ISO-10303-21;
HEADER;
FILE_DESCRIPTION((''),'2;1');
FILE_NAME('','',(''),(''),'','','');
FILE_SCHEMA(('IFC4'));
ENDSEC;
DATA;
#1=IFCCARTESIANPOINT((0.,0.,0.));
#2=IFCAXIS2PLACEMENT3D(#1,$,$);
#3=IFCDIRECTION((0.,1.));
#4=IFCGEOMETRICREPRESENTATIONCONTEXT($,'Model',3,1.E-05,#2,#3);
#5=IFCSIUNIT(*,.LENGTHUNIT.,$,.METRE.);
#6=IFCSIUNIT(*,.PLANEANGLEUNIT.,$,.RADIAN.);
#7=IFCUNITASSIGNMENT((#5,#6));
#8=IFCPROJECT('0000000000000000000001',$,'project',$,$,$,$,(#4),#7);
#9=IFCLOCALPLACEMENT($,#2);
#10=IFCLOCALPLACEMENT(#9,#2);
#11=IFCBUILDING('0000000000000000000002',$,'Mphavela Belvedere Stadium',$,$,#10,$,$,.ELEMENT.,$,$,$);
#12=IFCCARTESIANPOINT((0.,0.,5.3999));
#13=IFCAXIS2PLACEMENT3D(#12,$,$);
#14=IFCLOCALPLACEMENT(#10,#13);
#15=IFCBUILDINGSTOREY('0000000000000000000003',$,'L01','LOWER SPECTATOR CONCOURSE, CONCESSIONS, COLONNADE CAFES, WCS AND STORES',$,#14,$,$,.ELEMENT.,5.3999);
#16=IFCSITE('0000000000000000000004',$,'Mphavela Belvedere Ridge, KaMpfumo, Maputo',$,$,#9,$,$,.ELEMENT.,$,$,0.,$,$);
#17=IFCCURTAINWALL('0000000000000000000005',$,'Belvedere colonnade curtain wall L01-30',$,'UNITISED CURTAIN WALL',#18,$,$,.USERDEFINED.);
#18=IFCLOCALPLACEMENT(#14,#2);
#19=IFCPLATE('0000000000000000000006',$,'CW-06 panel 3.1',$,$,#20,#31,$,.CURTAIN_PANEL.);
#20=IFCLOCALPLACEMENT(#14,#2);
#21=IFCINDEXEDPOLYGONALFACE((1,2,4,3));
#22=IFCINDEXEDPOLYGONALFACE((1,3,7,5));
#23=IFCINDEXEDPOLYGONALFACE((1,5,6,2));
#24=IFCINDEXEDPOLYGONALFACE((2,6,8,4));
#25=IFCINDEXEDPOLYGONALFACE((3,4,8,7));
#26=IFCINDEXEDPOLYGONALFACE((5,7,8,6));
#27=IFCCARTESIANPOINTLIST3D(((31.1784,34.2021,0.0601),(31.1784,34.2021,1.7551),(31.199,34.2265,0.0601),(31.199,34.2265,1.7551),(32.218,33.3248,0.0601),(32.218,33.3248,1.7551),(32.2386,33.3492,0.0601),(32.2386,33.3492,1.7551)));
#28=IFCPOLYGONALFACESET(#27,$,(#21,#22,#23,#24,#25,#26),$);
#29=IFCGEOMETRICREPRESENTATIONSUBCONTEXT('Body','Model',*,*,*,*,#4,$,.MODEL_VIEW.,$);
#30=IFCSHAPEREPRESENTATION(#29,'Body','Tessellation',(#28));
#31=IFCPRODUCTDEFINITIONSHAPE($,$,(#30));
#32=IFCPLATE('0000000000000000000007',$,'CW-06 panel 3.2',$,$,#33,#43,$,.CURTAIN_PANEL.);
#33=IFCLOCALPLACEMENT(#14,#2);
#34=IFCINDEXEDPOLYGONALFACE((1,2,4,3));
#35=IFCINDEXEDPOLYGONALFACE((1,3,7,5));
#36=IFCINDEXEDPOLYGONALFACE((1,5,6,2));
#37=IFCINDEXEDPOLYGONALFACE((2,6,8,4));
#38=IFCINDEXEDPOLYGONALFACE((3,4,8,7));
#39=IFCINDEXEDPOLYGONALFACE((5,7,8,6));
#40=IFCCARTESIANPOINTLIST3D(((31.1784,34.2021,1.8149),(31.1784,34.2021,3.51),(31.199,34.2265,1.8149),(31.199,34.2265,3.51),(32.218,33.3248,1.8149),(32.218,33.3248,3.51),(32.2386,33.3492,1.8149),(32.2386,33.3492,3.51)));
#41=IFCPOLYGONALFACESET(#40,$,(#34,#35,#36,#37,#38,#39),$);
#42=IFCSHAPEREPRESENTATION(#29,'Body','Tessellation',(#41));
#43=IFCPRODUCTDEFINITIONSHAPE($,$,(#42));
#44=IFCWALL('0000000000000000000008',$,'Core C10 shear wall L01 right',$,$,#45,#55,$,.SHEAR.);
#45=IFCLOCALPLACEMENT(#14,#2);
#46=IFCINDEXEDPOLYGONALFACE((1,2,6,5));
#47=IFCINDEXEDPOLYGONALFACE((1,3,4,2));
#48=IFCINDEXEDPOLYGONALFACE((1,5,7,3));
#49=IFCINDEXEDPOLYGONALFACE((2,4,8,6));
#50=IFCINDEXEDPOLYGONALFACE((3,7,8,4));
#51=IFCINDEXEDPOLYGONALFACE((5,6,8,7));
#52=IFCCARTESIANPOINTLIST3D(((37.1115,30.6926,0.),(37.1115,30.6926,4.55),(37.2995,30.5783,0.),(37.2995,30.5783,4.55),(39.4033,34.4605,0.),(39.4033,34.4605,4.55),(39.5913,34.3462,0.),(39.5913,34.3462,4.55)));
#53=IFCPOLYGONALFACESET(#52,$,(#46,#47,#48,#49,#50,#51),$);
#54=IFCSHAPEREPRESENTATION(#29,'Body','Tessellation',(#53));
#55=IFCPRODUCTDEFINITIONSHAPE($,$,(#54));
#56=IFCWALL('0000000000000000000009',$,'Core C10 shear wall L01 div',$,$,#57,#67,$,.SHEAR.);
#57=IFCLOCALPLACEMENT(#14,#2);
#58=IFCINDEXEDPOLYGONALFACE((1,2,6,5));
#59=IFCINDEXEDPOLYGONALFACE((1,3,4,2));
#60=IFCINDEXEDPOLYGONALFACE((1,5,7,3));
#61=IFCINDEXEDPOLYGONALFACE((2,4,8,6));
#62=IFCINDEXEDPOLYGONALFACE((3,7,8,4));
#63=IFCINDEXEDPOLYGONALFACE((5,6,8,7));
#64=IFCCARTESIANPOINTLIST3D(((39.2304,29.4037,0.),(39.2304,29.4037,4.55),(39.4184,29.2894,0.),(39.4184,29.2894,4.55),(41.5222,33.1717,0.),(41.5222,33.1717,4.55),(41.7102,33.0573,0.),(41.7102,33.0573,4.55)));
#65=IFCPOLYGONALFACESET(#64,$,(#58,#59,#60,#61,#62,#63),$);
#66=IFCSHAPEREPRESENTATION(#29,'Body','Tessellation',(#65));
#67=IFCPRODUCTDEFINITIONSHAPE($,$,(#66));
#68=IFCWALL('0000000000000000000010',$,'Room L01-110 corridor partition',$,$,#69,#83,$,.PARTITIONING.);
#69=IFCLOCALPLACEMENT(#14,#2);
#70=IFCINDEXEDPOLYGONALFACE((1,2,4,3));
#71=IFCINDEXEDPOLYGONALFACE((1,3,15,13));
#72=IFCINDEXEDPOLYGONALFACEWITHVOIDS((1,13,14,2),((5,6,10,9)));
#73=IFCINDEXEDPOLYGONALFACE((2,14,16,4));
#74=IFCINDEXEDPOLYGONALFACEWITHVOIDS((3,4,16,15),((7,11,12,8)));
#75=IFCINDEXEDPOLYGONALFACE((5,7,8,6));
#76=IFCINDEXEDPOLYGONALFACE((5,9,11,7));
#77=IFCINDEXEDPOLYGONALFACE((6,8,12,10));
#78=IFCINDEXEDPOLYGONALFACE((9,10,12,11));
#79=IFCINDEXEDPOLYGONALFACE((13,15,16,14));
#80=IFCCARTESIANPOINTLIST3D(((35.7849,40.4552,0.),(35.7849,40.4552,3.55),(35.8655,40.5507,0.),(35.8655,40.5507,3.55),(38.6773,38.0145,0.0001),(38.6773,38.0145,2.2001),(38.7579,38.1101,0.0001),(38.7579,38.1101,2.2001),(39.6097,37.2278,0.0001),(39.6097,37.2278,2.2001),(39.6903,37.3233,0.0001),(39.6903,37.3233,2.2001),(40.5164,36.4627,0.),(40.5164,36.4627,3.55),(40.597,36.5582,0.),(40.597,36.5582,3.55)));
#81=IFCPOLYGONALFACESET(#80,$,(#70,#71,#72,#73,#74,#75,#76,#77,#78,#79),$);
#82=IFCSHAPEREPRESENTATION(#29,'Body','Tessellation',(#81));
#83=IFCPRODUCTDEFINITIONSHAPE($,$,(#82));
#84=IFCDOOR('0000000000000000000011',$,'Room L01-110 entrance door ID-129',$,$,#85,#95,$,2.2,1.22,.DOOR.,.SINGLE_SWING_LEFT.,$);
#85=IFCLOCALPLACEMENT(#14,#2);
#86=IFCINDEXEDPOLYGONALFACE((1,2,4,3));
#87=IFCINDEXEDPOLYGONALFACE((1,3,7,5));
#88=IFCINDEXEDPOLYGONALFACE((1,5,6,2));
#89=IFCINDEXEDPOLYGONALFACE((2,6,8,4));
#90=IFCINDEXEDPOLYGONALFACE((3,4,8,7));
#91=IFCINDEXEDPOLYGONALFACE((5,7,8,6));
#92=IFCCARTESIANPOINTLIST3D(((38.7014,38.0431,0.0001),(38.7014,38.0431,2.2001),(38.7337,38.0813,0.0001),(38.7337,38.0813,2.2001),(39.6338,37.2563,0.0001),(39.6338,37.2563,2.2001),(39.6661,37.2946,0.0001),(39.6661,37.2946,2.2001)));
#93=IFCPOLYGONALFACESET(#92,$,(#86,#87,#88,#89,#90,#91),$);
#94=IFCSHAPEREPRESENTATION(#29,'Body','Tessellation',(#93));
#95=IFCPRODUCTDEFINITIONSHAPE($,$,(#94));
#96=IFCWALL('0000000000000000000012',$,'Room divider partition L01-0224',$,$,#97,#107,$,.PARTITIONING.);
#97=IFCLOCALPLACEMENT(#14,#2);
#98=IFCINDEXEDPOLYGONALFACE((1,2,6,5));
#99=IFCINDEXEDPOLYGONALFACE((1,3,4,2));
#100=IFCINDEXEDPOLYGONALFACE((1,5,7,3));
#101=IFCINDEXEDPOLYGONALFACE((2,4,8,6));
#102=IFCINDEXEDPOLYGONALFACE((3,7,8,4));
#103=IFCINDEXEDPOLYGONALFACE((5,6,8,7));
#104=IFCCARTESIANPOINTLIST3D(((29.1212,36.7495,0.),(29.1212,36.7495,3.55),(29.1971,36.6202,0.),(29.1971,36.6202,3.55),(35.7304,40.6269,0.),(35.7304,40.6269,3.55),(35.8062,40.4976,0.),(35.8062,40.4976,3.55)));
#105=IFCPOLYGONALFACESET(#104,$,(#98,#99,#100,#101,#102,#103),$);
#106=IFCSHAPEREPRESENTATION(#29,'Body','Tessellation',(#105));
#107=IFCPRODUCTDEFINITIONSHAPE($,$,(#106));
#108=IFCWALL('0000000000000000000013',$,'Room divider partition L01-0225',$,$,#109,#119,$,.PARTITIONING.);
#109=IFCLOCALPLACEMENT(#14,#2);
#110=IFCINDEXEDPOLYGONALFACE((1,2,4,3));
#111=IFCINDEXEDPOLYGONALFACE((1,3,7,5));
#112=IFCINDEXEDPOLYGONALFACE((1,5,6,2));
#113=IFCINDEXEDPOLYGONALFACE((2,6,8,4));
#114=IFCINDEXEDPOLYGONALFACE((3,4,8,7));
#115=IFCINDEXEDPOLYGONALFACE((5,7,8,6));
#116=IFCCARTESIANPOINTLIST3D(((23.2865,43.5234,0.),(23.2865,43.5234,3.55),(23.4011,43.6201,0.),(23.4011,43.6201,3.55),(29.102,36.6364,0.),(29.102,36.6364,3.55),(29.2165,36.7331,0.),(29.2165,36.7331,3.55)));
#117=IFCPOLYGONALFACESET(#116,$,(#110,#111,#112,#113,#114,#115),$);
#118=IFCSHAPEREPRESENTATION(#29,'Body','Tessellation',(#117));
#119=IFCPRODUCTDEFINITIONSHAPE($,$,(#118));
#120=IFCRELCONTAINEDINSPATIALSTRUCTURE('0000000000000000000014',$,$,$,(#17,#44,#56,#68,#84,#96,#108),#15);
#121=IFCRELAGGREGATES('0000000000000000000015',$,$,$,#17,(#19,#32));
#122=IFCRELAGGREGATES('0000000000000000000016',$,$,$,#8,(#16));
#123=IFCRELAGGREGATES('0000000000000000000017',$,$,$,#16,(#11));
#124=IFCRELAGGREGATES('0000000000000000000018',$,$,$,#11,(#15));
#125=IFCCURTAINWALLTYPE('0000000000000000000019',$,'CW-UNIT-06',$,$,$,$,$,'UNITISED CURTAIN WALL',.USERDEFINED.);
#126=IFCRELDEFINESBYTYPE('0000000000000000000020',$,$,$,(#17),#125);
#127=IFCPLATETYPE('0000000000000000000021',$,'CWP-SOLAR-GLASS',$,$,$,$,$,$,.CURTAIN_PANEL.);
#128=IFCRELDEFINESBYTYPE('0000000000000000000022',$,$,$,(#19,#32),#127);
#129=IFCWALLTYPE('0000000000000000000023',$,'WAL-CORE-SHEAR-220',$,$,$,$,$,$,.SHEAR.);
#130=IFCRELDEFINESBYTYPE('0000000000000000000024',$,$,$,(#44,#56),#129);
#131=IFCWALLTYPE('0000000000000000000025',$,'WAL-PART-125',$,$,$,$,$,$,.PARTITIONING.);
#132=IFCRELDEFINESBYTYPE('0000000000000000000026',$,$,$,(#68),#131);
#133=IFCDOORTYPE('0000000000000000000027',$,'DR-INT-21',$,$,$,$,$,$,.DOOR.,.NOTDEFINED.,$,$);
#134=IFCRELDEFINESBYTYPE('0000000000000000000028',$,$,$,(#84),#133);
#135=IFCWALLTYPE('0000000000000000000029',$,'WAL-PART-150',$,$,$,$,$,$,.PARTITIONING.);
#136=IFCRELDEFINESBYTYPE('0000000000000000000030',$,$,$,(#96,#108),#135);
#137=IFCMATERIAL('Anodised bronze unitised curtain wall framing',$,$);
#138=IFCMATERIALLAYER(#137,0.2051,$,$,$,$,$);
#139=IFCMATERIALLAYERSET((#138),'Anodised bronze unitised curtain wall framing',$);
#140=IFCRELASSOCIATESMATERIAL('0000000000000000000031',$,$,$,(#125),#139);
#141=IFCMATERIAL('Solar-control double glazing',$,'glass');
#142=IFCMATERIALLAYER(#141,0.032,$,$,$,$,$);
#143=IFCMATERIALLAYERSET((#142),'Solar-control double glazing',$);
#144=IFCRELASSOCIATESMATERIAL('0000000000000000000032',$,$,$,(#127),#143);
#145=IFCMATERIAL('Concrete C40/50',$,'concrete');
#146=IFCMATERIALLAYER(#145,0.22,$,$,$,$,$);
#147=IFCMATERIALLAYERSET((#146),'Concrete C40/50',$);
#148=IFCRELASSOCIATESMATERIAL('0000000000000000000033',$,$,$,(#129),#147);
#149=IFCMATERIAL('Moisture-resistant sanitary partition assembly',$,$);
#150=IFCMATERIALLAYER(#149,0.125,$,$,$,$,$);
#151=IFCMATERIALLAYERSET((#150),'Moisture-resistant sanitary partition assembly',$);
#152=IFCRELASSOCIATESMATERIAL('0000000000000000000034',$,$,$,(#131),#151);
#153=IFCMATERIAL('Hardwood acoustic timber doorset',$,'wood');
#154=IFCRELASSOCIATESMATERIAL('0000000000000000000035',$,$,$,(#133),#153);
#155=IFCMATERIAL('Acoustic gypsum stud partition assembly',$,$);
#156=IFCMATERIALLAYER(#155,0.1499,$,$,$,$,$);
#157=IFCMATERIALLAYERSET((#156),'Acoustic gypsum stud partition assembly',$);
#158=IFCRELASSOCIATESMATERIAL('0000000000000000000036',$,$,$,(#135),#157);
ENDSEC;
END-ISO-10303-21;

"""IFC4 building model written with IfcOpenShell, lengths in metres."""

from ifc_helpers import new_model, si_unit, direction, frame, frame_2d, origin, origin_2d, place, context, subcontext, project, spatial, rectangle, extrude, material, layer, layer_set, type_object, element, fill, aggregate, save


model = new_model("IFC4")

# Units and contexts
model_context = context("Model", 3, precision=1e-05, world=origin(), true_north=direction((0.0, 1.0)))
body_context = subcontext(model_context, "Body", "Model", "MODEL_VIEW")
ifc_project = project(units=[si_unit("LENGTHUNIT", "METRE"), si_unit("PLANEANGLEUNIT", "RADIAN")], contexts=[model_context])

# Site, building, storey
site_placement = place(None, origin())
site = spatial("IfcSite", under=ifc_project, at=site_placement, Name="Mphavela Belvedere Ridge, KaMpfumo, Maputo", CompositionType="ELEMENT", RefElevation=0.0)
building_placement = place(site_placement, origin())
building = spatial("IfcBuilding", under=site, at=building_placement, Name="Mphavela Belvedere Stadium", CompositionType="ELEMENT")
storey_placement = place(building_placement, frame((0.0, 0.0, 5.3999)))
storey = spatial("IfcBuildingStorey", under=building, at=storey_placement, Name="L01", Description="LOWER SPECTATOR CONCOURSE, CONCESSIONS, COLONNADE CAFES, WCS AND STORES", CompositionType="ELEMENT", Elevation=5.3999)

# Curtain wall, plates
ifc_material_1 = material(Name="Anodised bronze unitised curtain wall framing")
ifc_layer_1 = layer(ifc_material_1, 0.2051)
ifc_layer_set_1 = layer_set([ifc_layer_1], Name="Anodised bronze unitised curtain wall framing")
curtain_wall_type = type_object("IfcCurtainWallType", Name="CW-UNIT-06", ElementType="UNITISED CURTAIN WALL", PredefinedType="USERDEFINED", material=ifc_layer_set_1)
curtain_wall_placement = place(storey_placement, origin())
curtain_wall = element("IfcCurtainWall", 1, at=curtain_wall_placement, inside=storey, type_object=curtain_wall_type, Name="Belvedere colonnade curtain wall L01-30", ObjectType="UNITISED CURTAIN WALL", PredefinedType="USERDEFINED")
ifc_material_2 = material(Name="Solar-control double glazing", Category="glass")
ifc_layer_2 = layer(ifc_material_2, 0.032)
ifc_layer_set_2 = layer_set([ifc_layer_2], Name="Solar-control double glazing")
plate_type = type_object("IfcPlateType", Name="CWP-SOLAR-GLASS", PredefinedType="CURTAIN_PANEL", material=ifc_layer_set_2)
plate_1_placement = place(storey_placement, frame((31.7085, 33.7756, 0.0601), z_axis=(0.0, 0.0, 1.0), x_axis=(0.764259, -0.64491, 0.0)))
plate_1 = element("IfcPlate", 2, at=plate_1_placement, type_object=plate_type, Name="CW-06 panel 3.1", PredefinedType="CURTAIN_PANEL", context=body_context, shape_type="SweptSolid", body=[
    extrude(rectangle(XDim=1.3604, YDim=0.032, at=origin_2d()), origin(), (0.0, 0.0, 1.0), 1.6951),
])
plate_2_placement = place(storey_placement, frame((31.7085, 33.7756, 1.8149), z_axis=(0.0, 0.0, 1.0), x_axis=(0.764259, -0.64491, 0.0)))
plate_2 = element("IfcPlate", 3, at=plate_2_placement, type_object=plate_type, Name="CW-06 panel 3.2", PredefinedType="CURTAIN_PANEL", context=body_context, shape_type="SweptSolid", body=[
    extrude(rectangle(XDim=1.3604, YDim=0.032, at=origin_2d()), origin(), (0.0, 0.0, 1.0), 1.6951),
])
aggregate(curtain_wall, [plate_1, plate_2])

# Walls
ifc_material_3 = material(Name="Concrete C40/50", Category="concrete")
ifc_layer_3 = layer(ifc_material_3, 0.22)
ifc_layer_set_3 = layer_set([ifc_layer_3], Name="Concrete C40/50")
wall_type_1 = type_object("IfcWallType", Name="WAL-CORE-SHEAR-220", PredefinedType="SHEAR", material=ifc_layer_set_3)
for number, where, z_axis, x_axis, name in (
    (4, (39.4973, 34.4033, 0.0), (0.0, 0.0, 1.0), (-0.519664, -0.854371, 0.0), "Core C10 shear wall L01 right"),
    (5, (41.6162, 33.1145, 0.0), (0.0, 0.0, 1.0), (-0.519664, -0.854371, 0.0), "Core C10 shear wall L01 div"),
):
    element("IfcWall", number, at=place(storey_placement, frame(where, z_axis=z_axis, x_axis=x_axis)), inside=storey, type_object=wall_type_1, Name=name, PredefinedType="SHEAR", context=body_context, shape_type="SweptSolid", body=[
        extrude(rectangle(XDim=4.4102, YDim=0.22, at=frame_2d((2.2051, 0.0))), origin(), (0.0, 0.0, 1.0), 4.55),
    ])

# Wall, opening, door
ifc_material_4 = material(Name="Moisture-resistant sanitary partition assembly")
ifc_layer_4 = layer(ifc_material_4, 0.125)
ifc_layer_set_4 = layer_set([ifc_layer_4], Name="Moisture-resistant sanitary partition assembly")
wall_type_2 = type_object("IfcWallType", Name="WAL-PART-125", PredefinedType="PARTITIONING", material=ifc_layer_set_4)
wall_1_placement = place(storey_placement, frame((35.8252, 40.5029, 0.0), z_axis=(0.0, 0.0, 1.0), x_axis=(0.76427, -0.644897, 0.0)))
wall_1 = element("IfcWall", 6, at=wall_1_placement, inside=storey, type_object=wall_type_2, Name="Room L01-110 corridor partition", PredefinedType="PARTITIONING", context=body_context, shape_type="SweptSolid", body=[
    extrude(rectangle(XDim=6.1909, YDim=0.125, at=frame_2d((3.0955, 0.0))), origin(), (0.0, 0.0, 1.0), 3.55),
])
opening_placement = place(wall_1_placement, frame((3.7847, 0.0, 0.0)))
opening = element("IfcOpeningElement", 7, at=opening_placement, cuts=wall_1, PredefinedType="OPENING", context=body_context, shape_type="SweptSolid", body=[
    extrude(rectangle(XDim=1.22, YDim=2.2, at=frame_2d((0.6099, 1.1001))), frame((0.0, 0.0725, 0.0), z_axis=(0.0, -1.0, 0.0), x_axis=(1.0, 0.0, 0.0)), (0.0, 0.0, 1.0), 0.145),
])
ifc_material_5 = material(Name="Hardwood acoustic timber doorset", Category="wood")
door_type = type_object("IfcDoorType", Name="DR-INT-21", OperationType="NOTDEFINED", PredefinedType="DOOR", material=ifc_material_5)
door_placement = place(opening_placement, origin())
door = element("IfcDoor", 8, at=door_placement, inside=storey, type_object=door_type, Name="Room L01-110 entrance door ID-129", OperationType="SINGLE_SWING_LEFT", OverallHeight=2.2, OverallWidth=1.22, PredefinedType="DOOR", context=body_context, shape_type="SweptSolid", body=[
    extrude(rectangle(XDim=1.22, YDim=2.2, at=frame_2d((0.6099, 1.1001))), frame((0.0, 0.0249, 0.0), z_axis=(0.0, -1.0, 0.0), x_axis=(1.0, 0.0, 0.0)), (0.0, 0.0, 1.0), 0.05),
])
fill(opening, door)

# Walls
ifc_material_6 = material(Name="Acoustic gypsum stud partition assembly")
ifc_layer_5 = layer(ifc_material_6, 0.1499)
ifc_layer_set_5 = layer_set([ifc_layer_5], Name="Acoustic gypsum stud partition assembly")
wall_type_3 = type_object("IfcWallType", Name="WAL-PART-150", PredefinedType="PARTITIONING", material=ifc_layer_set_5)
wall_2_placement = place(storey_placement, frame((35.7683, 40.5623, 0.0), z_axis=(0.0, 0.0, 1.0), x_axis=(-0.86252, -0.506023, 0.0)))
element("IfcWall", 9, at=wall_2_placement, inside=storey, type_object=wall_type_3, Name="Room divider partition L01-0224", PredefinedType="PARTITIONING", context=body_context, shape_type="SweptSolid", body=[
    extrude(rectangle(XDim=7.6626, YDim=0.1499, at=frame_2d((3.8313, 0.0))), origin(), (0.0, 0.0, 1.0), 3.55),
])
wall_3_placement = place(storey_placement, frame((29.1592, 36.6848, 0.0), z_axis=(0.0, 0.0, 1.0), x_axis=(-0.645166, 0.764042, 0.0)))
element("IfcWall", 10, at=wall_3_placement, inside=storey, type_object=wall_type_3, Name="Room divider partition L01-0225", PredefinedType="PARTITIONING", context=body_context, shape_type="SweptSolid", body=[
    extrude(rectangle(XDim=9.0139, YDim=0.1499, at=frame_2d((4.5068, 0.0))), origin(), (0.0, 0.0, 1.0), 3.55),
])

save(model, "model.ifc")
